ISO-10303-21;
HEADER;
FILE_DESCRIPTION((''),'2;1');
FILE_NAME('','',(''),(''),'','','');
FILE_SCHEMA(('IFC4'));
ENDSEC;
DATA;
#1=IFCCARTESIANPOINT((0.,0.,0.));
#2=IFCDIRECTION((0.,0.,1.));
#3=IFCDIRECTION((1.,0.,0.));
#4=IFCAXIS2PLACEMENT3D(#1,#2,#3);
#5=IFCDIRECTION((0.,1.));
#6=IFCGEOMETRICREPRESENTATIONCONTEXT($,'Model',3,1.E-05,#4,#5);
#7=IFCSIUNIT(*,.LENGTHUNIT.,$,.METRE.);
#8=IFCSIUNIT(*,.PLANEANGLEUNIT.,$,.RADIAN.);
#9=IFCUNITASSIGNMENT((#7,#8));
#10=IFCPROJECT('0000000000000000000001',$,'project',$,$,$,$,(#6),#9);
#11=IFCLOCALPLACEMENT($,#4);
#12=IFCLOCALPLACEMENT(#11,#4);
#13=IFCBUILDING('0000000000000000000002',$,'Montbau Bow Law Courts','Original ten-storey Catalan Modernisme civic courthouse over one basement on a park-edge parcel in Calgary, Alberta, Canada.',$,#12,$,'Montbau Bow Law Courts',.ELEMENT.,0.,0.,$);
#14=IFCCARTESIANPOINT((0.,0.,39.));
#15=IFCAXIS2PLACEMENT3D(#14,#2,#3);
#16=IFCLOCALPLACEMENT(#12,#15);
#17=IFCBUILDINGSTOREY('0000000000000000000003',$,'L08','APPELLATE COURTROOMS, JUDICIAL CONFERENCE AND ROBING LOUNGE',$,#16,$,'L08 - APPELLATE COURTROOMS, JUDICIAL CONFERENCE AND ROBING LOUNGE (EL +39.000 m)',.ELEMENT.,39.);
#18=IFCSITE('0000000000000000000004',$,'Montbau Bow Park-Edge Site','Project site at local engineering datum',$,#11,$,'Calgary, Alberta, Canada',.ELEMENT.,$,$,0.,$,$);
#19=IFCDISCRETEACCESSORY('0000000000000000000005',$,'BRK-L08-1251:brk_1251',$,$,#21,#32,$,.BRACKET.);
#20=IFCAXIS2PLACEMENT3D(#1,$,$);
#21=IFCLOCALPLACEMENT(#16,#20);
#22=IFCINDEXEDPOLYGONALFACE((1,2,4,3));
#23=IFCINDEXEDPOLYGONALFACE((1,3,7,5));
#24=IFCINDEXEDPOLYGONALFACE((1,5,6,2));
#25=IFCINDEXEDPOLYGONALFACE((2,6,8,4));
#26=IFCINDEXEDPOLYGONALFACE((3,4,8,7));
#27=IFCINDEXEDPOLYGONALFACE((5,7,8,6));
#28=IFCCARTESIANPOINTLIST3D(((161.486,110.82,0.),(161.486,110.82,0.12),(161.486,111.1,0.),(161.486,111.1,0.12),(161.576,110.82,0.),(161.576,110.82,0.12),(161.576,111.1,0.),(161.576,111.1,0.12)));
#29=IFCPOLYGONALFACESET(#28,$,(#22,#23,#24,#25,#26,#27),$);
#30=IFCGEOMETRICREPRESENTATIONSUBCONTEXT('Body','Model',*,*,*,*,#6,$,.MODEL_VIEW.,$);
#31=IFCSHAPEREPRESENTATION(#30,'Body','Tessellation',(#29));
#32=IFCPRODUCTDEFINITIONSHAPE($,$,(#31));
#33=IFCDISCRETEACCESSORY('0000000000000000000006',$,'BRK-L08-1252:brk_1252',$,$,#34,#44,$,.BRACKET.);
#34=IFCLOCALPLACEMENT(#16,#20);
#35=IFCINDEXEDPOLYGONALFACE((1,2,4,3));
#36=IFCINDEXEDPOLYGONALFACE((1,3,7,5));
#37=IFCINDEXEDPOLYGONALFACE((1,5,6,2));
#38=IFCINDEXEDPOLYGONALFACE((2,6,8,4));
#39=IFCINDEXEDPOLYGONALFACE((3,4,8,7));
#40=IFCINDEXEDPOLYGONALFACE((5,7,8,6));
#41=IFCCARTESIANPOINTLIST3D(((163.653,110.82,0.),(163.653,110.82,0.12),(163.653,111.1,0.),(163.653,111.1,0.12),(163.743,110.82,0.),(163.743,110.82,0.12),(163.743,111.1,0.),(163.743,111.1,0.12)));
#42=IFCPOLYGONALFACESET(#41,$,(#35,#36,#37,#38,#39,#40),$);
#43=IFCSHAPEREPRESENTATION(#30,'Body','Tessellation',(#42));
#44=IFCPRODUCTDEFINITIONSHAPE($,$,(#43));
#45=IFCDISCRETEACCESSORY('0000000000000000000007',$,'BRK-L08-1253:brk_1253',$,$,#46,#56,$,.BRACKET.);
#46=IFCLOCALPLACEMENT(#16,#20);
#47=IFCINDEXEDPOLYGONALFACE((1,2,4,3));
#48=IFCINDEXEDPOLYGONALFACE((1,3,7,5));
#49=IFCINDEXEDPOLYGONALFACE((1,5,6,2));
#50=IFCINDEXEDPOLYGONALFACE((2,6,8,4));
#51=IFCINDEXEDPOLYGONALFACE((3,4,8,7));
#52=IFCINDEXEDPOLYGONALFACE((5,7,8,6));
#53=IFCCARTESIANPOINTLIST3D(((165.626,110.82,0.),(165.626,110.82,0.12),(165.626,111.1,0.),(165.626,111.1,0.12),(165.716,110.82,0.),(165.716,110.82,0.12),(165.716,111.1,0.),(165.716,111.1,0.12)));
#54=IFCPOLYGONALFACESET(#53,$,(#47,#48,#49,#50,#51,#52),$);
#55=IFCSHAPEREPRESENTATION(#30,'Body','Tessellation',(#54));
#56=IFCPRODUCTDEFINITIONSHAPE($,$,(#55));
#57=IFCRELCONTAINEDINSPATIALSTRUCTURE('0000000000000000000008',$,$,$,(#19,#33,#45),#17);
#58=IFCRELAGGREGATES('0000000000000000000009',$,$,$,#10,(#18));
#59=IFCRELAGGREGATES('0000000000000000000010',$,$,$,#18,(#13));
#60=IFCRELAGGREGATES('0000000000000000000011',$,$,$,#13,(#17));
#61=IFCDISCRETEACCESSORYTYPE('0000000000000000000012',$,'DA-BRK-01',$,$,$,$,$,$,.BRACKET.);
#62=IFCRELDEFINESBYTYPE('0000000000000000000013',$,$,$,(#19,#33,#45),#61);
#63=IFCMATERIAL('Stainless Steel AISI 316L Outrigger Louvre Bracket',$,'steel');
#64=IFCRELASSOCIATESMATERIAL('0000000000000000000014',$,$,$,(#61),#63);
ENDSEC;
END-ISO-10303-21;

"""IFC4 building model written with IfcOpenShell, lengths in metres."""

from ifc_helpers import new_model, si_unit, direction, frame, origin_with_axes, origin_2d_with_axis, place, context, subcontext, project, spatial, rectangle, extrude, material, type_object, element, save


model = new_model("IFC4")

# Units and contexts
model_context = context("Model", 3, precision=1e-05, world=origin_with_axes(), true_north=direction((0.0, 1.0)))
body_context = subcontext(model_context, "Body", "Model", "MODEL_VIEW")
ifc_project = project(units=[si_unit("LENGTHUNIT", "METRE"), si_unit("PLANEANGLEUNIT", "RADIAN")], contexts=[model_context])

# Site, building, storey
site_placement = place(None, origin_with_axes())
site = spatial("IfcSite", under=ifc_project, at=site_placement, Name="Montbau Bow Park-Edge Site", Description="Project site at local engineering datum", LongName="Calgary, Alberta, Canada", CompositionType="ELEMENT", RefElevation=0.0)
building_placement = place(site_placement, origin_with_axes())
building = spatial("IfcBuilding", under=site, at=building_placement, Name="Montbau Bow Law Courts", Description="Original ten-storey Catalan Modernisme civic courthouse over one basement on a park-edge parcel in Calgary, Alberta, Canada.", LongName="Montbau Bow Law Courts", CompositionType="ELEMENT", ElevationOfRefHeight=0.0, ElevationOfTerrain=0.0)
storey_placement = place(building_placement, frame((0.0, 0.0, 39.0), z_axis=(0.0, 0.0, 1.0), x_axis=(1.0, 0.0, 0.0)))
storey = spatial("IfcBuildingStorey", under=building, at=storey_placement, Name="L08", Description="APPELLATE COURTROOMS, JUDICIAL CONFERENCE AND ROBING LOUNGE", LongName="L08 - APPELLATE COURTROOMS, JUDICIAL CONFERENCE AND ROBING LOUNGE (EL +39.000 m)", CompositionType="ELEMENT", Elevation=39.0)

# Discrete accessories
ifc_material_1 = material(Name="Stainless Steel AISI 316L Outrigger Louvre Bracket", Category="steel")
discrete_accessory_type = type_object("IfcDiscreteAccessoryType", Name="DA-BRK-01", PredefinedType="BRACKET", material=ifc_material_1)
for number, where, z_axis, x_axis, name in (
    (1, (161.531, 110.96, 39.0), (0.0, 0.0, 1.0), (0.0, 1.0, 0.0), "BRK-L08-1251:brk_1251"),
    (2, (163.698, 110.96, 39.0), (0.0, 0.0, 1.0), (0.0, 1.0, 0.0), "BRK-L08-1252:brk_1252"),
    (3, (165.671, 110.96, 39.0), (0.0, 0.0, 1.0), (0.0, 1.0, 0.0), "BRK-L08-1253:brk_1253"),
):
    element("IfcDiscreteAccessory", number, at=place(None, frame(where, z_axis=z_axis, x_axis=x_axis)), inside=storey, type_object=discrete_accessory_type, Name=name, PredefinedType="BRACKET", context=body_context, shape_type="SweptSolid", body=[
        extrude(rectangle(XDim=0.28, YDim=0.09, at=origin_2d_with_axis()), origin_with_axes(), (0.0, 0.0, 1.0), 0.12),
    ])

save(model, "model.ifc")
